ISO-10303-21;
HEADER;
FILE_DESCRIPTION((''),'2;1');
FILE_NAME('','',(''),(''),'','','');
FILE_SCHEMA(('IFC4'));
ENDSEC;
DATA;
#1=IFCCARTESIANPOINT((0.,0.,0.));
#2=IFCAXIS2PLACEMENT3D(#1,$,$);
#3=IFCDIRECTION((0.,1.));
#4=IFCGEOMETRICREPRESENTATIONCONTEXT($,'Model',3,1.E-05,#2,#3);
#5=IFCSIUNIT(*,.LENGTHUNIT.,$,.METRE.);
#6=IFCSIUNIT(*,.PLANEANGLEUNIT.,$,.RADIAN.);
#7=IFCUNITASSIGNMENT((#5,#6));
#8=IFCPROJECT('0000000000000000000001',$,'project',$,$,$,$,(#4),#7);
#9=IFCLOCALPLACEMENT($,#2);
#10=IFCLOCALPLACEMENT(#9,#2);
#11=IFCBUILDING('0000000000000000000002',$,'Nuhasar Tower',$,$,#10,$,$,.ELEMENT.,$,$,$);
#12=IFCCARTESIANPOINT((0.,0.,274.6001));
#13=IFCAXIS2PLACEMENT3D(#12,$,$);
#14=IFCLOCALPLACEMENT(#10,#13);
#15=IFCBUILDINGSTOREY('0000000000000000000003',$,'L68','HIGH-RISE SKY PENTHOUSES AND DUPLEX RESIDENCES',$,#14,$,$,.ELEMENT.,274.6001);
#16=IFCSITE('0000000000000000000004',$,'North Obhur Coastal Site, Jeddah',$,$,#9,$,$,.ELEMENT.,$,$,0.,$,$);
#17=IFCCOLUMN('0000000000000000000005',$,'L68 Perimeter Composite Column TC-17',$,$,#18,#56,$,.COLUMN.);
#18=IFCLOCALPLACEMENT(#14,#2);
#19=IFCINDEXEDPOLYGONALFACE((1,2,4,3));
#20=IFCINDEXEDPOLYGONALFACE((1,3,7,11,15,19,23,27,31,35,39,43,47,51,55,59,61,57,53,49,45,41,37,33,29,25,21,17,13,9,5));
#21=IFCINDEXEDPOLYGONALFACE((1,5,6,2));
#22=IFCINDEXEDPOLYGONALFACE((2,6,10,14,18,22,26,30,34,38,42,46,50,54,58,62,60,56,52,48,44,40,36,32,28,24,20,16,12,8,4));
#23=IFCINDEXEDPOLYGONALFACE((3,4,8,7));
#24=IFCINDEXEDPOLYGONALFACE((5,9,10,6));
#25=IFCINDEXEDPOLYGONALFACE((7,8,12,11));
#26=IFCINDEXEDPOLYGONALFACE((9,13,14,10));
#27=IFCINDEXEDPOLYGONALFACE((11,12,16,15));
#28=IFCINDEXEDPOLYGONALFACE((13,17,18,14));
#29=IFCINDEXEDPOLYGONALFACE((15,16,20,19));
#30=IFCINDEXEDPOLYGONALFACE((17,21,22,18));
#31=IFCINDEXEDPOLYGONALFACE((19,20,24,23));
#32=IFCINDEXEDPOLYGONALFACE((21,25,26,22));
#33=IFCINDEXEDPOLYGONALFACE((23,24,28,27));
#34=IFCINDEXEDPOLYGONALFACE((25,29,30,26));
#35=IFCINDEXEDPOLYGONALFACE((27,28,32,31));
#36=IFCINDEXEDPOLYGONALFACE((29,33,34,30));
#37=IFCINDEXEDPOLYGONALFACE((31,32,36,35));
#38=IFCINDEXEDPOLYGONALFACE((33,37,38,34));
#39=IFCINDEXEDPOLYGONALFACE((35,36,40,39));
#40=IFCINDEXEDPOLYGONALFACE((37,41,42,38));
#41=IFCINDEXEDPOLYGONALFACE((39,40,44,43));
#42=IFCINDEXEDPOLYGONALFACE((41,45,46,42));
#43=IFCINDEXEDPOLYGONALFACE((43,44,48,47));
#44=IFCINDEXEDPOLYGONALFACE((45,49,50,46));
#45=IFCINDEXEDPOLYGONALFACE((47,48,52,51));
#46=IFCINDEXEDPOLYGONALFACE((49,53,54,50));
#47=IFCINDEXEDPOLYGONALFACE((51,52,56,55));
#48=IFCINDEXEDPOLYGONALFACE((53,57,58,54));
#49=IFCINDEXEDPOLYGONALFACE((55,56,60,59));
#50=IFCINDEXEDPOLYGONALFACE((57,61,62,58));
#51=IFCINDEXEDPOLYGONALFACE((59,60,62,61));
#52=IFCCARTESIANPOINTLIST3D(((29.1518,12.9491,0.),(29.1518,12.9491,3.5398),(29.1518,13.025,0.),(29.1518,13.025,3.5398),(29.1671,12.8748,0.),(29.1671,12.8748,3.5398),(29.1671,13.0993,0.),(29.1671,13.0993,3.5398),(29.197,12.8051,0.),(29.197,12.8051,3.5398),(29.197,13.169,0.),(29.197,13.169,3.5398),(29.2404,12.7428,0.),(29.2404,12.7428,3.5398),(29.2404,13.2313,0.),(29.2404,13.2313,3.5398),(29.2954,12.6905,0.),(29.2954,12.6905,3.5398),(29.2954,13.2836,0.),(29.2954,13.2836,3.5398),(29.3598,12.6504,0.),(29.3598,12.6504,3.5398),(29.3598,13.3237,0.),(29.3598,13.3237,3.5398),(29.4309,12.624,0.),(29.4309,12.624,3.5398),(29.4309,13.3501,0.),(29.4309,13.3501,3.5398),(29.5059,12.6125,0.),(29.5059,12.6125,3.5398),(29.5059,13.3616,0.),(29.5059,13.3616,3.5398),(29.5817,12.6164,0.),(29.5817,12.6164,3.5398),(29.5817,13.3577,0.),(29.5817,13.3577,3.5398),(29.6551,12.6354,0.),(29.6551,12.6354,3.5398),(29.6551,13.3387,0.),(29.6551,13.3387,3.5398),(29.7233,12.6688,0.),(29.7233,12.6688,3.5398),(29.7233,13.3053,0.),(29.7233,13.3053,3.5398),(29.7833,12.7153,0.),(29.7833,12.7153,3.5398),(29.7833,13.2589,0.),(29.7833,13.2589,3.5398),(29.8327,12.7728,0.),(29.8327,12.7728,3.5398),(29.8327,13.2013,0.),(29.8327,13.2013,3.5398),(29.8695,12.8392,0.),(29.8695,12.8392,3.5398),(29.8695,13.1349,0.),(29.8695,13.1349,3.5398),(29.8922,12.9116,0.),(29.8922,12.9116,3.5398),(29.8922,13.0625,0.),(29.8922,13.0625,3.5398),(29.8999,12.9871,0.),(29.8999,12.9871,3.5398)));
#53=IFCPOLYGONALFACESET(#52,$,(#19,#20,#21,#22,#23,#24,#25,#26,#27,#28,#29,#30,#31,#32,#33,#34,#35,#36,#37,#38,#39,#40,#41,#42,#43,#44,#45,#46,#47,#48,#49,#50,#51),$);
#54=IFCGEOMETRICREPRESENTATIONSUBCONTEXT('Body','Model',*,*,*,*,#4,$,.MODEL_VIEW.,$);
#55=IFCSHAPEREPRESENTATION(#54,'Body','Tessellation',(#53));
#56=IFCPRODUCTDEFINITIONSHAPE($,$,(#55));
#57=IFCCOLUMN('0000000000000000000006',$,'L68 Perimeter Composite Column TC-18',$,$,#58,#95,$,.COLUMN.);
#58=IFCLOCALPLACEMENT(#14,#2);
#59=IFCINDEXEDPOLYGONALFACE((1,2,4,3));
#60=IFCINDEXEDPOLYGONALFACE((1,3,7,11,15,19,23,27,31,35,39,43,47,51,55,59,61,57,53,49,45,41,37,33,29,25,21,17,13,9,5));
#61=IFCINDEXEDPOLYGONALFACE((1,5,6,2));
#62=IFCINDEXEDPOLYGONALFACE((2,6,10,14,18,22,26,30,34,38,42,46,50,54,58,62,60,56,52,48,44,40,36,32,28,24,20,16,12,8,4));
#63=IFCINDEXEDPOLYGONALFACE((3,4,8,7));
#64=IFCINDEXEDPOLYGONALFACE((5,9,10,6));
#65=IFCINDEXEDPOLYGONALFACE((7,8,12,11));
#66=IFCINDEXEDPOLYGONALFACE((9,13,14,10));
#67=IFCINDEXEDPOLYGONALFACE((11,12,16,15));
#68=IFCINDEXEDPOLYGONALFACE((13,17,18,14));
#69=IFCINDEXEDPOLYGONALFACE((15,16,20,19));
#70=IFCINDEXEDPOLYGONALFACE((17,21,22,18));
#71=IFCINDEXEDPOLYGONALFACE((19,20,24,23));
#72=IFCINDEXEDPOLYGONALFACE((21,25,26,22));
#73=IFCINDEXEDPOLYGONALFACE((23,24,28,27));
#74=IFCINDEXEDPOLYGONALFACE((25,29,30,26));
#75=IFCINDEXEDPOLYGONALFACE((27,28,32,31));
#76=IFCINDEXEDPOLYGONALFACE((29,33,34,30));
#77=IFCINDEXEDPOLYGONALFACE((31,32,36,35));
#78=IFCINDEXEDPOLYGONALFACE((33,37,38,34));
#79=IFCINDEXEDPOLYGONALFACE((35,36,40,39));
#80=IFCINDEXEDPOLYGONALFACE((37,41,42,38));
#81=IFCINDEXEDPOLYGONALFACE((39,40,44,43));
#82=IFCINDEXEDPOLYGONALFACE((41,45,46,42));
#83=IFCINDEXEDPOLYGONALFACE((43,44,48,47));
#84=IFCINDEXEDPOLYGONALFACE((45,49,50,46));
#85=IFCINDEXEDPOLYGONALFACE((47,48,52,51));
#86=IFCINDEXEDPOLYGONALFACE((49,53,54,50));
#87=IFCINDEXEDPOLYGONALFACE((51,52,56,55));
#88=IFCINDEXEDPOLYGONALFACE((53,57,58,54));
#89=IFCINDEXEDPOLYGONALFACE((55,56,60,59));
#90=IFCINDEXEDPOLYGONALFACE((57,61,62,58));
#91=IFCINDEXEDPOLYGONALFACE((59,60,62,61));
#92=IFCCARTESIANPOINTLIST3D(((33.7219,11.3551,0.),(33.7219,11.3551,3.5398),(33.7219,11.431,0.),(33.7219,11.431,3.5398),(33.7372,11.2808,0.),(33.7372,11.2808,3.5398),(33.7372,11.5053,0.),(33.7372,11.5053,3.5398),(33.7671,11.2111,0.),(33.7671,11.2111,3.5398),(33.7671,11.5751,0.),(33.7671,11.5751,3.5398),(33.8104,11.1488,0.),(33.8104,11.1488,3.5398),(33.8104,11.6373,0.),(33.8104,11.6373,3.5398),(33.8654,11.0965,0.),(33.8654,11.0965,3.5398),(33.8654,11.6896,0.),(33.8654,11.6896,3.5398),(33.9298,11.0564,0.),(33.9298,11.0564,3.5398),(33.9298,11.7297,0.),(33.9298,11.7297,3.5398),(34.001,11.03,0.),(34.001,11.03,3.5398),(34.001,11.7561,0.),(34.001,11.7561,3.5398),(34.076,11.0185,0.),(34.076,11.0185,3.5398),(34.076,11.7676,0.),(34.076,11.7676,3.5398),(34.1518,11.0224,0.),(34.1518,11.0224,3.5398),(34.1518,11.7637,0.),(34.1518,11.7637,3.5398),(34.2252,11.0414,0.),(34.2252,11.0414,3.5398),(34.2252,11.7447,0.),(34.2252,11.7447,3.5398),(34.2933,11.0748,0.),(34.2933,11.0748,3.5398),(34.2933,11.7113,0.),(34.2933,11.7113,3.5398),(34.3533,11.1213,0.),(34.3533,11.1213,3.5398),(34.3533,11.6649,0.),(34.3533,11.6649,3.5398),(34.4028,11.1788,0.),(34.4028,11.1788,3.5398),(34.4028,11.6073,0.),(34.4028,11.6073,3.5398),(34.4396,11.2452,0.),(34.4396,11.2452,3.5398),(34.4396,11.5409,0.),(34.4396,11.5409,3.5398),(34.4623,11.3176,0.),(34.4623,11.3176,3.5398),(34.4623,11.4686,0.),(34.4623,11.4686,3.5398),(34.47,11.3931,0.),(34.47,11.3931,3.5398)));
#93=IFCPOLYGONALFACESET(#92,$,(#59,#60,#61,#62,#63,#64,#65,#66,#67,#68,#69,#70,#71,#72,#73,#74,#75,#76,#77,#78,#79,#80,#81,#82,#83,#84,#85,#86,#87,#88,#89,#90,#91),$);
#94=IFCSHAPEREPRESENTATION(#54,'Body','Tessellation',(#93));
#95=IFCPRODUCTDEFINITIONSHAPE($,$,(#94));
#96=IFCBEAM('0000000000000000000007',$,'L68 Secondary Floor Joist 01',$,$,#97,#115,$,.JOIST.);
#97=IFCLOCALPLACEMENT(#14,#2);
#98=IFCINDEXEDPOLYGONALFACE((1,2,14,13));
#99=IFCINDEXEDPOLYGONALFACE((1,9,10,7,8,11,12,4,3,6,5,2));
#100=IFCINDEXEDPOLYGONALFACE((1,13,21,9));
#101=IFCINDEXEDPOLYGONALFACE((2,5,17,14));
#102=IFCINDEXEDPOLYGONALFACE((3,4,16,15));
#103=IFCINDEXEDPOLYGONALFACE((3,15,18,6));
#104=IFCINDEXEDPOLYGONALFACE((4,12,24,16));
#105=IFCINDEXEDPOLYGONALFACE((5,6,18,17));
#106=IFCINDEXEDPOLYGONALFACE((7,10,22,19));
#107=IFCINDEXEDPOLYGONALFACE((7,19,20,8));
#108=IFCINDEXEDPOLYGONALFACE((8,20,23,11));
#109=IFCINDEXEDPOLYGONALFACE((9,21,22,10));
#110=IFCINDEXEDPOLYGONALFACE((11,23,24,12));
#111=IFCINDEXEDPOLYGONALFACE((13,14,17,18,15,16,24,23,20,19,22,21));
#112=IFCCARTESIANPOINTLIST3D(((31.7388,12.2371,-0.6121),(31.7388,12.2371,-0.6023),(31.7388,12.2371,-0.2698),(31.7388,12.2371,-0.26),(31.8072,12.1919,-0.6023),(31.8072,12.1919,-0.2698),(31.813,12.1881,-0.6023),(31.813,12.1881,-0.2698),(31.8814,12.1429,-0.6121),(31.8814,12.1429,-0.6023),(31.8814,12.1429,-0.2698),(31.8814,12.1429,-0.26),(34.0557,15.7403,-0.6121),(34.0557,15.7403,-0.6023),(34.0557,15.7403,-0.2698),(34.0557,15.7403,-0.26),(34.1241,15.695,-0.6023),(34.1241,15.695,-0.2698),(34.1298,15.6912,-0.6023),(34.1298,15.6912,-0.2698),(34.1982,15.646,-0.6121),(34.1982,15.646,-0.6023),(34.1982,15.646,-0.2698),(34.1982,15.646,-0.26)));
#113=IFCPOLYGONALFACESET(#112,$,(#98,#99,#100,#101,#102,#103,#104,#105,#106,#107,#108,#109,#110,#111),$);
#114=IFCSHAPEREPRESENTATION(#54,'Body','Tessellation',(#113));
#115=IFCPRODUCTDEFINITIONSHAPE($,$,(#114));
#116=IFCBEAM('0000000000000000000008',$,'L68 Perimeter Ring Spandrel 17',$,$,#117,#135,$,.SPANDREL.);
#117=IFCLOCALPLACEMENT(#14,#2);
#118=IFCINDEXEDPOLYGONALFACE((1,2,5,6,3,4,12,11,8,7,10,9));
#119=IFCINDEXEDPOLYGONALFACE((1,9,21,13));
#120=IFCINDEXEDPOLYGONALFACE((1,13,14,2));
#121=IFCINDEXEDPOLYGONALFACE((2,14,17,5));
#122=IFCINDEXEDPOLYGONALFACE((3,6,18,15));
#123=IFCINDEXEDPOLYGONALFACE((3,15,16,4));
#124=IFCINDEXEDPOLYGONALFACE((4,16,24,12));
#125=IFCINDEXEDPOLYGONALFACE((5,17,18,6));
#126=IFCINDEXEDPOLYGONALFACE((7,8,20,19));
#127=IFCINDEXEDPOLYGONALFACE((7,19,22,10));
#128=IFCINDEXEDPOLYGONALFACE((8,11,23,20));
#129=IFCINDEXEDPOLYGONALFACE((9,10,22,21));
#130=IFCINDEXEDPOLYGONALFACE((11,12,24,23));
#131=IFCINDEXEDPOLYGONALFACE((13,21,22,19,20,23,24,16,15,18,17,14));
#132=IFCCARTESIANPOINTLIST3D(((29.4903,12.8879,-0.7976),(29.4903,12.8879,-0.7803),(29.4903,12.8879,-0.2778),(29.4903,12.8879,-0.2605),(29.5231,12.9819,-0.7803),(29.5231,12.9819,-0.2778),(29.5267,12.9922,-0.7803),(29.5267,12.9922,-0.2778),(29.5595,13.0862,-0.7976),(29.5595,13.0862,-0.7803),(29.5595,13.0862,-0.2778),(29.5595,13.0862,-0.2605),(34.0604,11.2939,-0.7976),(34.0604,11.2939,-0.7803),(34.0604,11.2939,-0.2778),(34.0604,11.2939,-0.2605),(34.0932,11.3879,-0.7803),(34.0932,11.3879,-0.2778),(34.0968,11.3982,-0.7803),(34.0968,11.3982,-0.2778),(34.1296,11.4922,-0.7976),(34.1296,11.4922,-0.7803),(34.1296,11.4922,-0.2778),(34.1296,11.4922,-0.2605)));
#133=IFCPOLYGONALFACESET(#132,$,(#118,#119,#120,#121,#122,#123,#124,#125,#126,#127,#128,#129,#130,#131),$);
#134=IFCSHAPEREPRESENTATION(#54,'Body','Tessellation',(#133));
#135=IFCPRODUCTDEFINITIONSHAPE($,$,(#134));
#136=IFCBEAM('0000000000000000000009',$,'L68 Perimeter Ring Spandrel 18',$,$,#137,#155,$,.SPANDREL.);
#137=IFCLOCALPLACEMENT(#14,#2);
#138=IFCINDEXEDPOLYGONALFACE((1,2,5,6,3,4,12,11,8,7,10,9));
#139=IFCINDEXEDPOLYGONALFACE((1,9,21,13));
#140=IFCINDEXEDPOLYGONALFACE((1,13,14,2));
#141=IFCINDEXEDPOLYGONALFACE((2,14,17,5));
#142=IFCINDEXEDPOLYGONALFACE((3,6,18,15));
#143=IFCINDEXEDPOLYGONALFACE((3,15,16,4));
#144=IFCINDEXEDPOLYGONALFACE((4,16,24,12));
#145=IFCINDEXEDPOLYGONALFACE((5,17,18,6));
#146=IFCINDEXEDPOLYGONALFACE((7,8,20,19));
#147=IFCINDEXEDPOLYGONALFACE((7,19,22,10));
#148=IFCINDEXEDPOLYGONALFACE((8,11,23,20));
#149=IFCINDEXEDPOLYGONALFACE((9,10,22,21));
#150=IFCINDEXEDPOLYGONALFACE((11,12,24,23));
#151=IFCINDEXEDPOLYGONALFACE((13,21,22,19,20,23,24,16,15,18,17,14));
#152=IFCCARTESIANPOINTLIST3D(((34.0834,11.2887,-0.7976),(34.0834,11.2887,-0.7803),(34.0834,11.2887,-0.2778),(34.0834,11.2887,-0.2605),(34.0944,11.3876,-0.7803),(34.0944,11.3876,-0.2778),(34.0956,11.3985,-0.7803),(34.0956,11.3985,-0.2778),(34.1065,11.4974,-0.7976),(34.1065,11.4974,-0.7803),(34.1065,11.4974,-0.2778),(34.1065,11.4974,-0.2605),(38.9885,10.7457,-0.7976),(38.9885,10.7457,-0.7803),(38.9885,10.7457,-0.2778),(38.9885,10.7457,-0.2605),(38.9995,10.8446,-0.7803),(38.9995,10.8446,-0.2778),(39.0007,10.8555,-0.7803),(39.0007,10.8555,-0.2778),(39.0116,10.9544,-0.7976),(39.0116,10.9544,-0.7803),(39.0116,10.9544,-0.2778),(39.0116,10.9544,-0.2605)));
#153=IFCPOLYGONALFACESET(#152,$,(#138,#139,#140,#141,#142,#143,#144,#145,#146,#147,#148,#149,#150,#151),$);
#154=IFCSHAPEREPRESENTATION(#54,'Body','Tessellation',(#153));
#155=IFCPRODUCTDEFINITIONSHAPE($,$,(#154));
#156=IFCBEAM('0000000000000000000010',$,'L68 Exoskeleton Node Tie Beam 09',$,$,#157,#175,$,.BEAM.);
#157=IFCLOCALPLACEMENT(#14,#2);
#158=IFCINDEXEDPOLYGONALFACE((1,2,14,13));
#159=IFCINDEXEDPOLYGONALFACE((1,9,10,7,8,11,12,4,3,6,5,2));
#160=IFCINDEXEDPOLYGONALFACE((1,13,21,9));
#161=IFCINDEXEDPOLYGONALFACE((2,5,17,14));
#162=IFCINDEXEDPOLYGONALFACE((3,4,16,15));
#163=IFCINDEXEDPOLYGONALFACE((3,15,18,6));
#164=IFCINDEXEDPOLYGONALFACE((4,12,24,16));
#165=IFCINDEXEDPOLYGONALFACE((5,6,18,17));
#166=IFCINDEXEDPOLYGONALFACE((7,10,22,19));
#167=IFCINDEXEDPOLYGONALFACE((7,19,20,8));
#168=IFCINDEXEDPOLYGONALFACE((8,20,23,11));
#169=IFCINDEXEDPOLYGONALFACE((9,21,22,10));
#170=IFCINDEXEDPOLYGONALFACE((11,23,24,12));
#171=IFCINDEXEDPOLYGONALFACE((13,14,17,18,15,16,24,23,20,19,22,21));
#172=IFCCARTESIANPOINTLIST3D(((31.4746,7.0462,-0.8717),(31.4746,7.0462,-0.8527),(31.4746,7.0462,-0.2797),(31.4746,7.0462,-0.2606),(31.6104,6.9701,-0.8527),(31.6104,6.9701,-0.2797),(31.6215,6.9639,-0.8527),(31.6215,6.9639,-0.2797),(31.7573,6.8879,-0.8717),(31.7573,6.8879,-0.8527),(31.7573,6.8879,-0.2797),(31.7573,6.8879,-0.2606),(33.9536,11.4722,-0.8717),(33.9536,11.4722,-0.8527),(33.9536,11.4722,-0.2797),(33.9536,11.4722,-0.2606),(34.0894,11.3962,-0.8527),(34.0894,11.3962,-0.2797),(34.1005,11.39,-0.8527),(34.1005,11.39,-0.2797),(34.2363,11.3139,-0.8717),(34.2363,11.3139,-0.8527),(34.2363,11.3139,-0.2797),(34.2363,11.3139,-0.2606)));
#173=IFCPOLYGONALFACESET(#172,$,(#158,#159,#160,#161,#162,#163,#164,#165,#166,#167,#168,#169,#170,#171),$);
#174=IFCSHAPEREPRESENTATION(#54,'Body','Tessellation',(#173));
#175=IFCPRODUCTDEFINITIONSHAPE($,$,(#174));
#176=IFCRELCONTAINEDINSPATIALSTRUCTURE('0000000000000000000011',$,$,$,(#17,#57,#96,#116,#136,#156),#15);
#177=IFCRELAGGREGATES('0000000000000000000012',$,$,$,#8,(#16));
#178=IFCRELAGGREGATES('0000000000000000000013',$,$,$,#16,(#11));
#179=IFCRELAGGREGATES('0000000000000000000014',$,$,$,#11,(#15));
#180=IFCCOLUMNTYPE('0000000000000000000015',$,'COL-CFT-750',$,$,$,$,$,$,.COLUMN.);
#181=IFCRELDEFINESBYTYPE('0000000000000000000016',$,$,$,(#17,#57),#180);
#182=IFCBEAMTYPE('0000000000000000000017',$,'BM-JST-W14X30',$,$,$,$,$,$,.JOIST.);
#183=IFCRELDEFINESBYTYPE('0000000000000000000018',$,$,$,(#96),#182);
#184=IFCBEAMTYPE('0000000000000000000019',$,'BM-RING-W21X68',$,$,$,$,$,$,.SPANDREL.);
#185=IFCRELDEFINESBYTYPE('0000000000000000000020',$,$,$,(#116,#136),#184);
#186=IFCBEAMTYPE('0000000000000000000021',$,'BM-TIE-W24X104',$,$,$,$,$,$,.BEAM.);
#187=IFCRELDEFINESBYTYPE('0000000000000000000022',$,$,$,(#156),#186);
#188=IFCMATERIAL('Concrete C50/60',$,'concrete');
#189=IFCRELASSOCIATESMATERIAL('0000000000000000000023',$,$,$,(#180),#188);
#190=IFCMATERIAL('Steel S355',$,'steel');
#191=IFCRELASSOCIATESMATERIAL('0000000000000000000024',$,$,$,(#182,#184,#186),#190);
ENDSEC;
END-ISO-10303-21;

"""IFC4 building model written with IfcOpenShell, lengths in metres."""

from ifc_helpers import new_model, si_unit, direction, frame, origin, origin_2d, place, context, subcontext, project, spatial, circle, i_section, extrude, material, material_profile, profile_set, type_object, element, save


model = new_model("IFC4")

# Units and contexts
model_context = context("Model", 3, precision=1e-05, world=origin(), true_north=direction((0.0, 1.0)))
body_context = subcontext(model_context, "Body", "Model", "MODEL_VIEW")
ifc_project = project(units=[si_unit("LENGTHUNIT", "METRE"), si_unit("PLANEANGLEUNIT", "RADIAN")], contexts=[model_context])

# Site, building, storey
site_placement = place(None, origin())
site = spatial("IfcSite", under=ifc_project, at=site_placement, Name="North Obhur Coastal Site, Jeddah", CompositionType="ELEMENT", RefElevation=0.0)
building_placement = place(site_placement, origin())
building = spatial("IfcBuilding", under=site, at=building_placement, Name="Nuhasar Tower", CompositionType="ELEMENT")
storey_placement = place(building_placement, frame((0.0, 0.0, 274.6001)))
storey = spatial("IfcBuildingStorey", under=building, at=storey_placement, Name="L68", Description="HIGH-RISE SKY PENTHOUSES AND DUPLEX RESIDENCES", CompositionType="ELEMENT", Elevation=274.6001)

# Columns
ifc_material_1 = material(Name="Concrete C50/60", Category="concrete")
ifc_material_profile_1 = material_profile(ifc_material_1, circle(Radius=0.375, at=origin_2d()), Name="CFT750")
ifc_profile_set_1 = profile_set([ifc_material_profile_1], Name="Concrete C50/60")
column_type = type_object("IfcColumnType", Name="COL-CFT-750", PredefinedType="COLUMN", material=ifc_profile_set_1)
for number, where, z_axis, x_axis, name in (
    (1, (29.5249, 12.9871, 0.0), (0.0, 0.0, 1.0), (1.0, 0.0, 0.0), "L68 Perimeter Composite Column TC-17"),
    (2, (34.095, 11.3931, 0.0), (0.0, 0.0, 1.0), (1.0, 0.0, 0.0), "L68 Perimeter Composite Column TC-18"),
):
    element("IfcColumn", number, at=place(storey_placement, frame(where, z_axis=z_axis, x_axis=x_axis)), inside=storey, type_object=column_type, Name=name, PredefinedType="COLUMN", context=body_context, shape_type="SweptSolid", body=[
        extrude(circle(Radius=0.375, at=origin_2d()), origin(), (0.0, 0.0, 1.0), 3.5398),
    ])

# Beams
ifc_material_2 = material(Name="Steel S355", Category="steel")
ifc_material_profile_2 = material_profile(ifc_material_2, i_section(OverallWidth=0.1709, OverallDepth=0.3521, WebThickness=0.0068, FlangeThickness=0.0098, at=origin_2d()), Name="W14X30")
ifc_profile_set_2 = profile_set([ifc_material_profile_2], Name="Steel S355")
beam_type_1 = type_object("IfcBeamType", Name="BM-JST-W14X30", PredefinedType="JOIST", material=ifc_profile_set_2)
beam_1_placement = place(storey_placement, frame((34.127, 15.6931, -0.436), z_axis=(-0.551638, -0.834084, 0.0), x_axis=(0.834084, -0.551638, 0.0)))
element("IfcBeam", 3, at=beam_1_placement, inside=storey, type_object=beam_type_1, Name="L68 Secondary Floor Joist 01", PredefinedType="JOIST", context=body_context, shape_type="SweptSolid", body=[
    extrude(i_section(OverallWidth=0.1709, OverallDepth=0.3521, WebThickness=0.0068, FlangeThickness=0.0098, at=origin_2d()), origin(), (0.0, 0.0, 1.0), 4.2),
])
ifc_material_profile_3 = material_profile(ifc_material_2, i_section(OverallWidth=0.21, OverallDepth=0.5371, WebThickness=0.011, FlangeThickness=0.0173, at=origin_2d()), Name="W21X68")
ifc_profile_set_3 = profile_set([ifc_material_profile_3], Name="Steel S355")
beam_type_2 = type_object("IfcBeamType", Name="BM-RING-W21X68", PredefinedType="SPANDREL", material=ifc_profile_set_3)
beam_2_placement = place(storey_placement, frame((29.5249, 12.9871, -0.5291), z_axis=(0.944214, -0.329332, 0.0), x_axis=(0.329332, 0.944214, 0.0)))
element("IfcBeam", 4, at=beam_2_placement, inside=storey, type_object=beam_type_2, Name="L68 Perimeter Ring Spandrel 17", PredefinedType="SPANDREL", context=body_context, shape_type="SweptSolid", body=[
    extrude(i_section(OverallWidth=0.21, OverallDepth=0.5371, WebThickness=0.011, FlangeThickness=0.0173, at=origin_2d()), origin(), (0.0, 0.0, 1.0), 4.8401),
])
beam_3_placement = place(storey_placement, frame((34.095, 11.3931, -0.5291), z_axis=(0.993929, -0.110024, 0.0), x_axis=(0.110024, 0.993929, 0.0)))
element("IfcBeam", 5, at=beam_3_placement, inside=storey, type_object=beam_type_2, Name="L68 Perimeter Ring Spandrel 18", PredefinedType="SPANDREL", context=body_context, shape_type="SweptSolid", body=[
    extrude(i_section(OverallWidth=0.21, OverallDepth=0.5371, WebThickness=0.011, FlangeThickness=0.0173, at=origin_2d()), origin(), (0.0, 0.0, 1.0), 4.9351),
])
ifc_material_profile_4 = material_profile(ifc_material_2, i_section(OverallWidth=0.324, OverallDepth=0.6111, WebThickness=0.0127, FlangeThickness=0.019, at=origin_2d()), Name="W24X104")
ifc_profile_set_4 = profile_set([ifc_material_profile_4], Name="Steel S355")
beam_type_3 = type_object("IfcBeamType", Name="BM-TIE-W24X104", PredefinedType="BEAM", material=ifc_profile_set_4)
beam_4_placement = place(storey_placement, frame((34.095, 11.3931, -0.5662), z_axis=(-0.488668, -0.87247, 0.0), x_axis=(0.87247, -0.488668, 0.0)))
element("IfcBeam", 6, at=beam_4_placement, inside=storey, type_object=beam_type_3, Name="L68 Exoskeleton Node Tie Beam 09", PredefinedType="BEAM", context=body_context, shape_type="SweptSolid", body=[
    extrude(i_section(OverallWidth=0.324, OverallDepth=0.6111, WebThickness=0.0127, FlangeThickness=0.019, at=origin_2d()), origin(), (0.0, 0.0, 1.0), 5.073),
])

save(model, "model.ifc")
